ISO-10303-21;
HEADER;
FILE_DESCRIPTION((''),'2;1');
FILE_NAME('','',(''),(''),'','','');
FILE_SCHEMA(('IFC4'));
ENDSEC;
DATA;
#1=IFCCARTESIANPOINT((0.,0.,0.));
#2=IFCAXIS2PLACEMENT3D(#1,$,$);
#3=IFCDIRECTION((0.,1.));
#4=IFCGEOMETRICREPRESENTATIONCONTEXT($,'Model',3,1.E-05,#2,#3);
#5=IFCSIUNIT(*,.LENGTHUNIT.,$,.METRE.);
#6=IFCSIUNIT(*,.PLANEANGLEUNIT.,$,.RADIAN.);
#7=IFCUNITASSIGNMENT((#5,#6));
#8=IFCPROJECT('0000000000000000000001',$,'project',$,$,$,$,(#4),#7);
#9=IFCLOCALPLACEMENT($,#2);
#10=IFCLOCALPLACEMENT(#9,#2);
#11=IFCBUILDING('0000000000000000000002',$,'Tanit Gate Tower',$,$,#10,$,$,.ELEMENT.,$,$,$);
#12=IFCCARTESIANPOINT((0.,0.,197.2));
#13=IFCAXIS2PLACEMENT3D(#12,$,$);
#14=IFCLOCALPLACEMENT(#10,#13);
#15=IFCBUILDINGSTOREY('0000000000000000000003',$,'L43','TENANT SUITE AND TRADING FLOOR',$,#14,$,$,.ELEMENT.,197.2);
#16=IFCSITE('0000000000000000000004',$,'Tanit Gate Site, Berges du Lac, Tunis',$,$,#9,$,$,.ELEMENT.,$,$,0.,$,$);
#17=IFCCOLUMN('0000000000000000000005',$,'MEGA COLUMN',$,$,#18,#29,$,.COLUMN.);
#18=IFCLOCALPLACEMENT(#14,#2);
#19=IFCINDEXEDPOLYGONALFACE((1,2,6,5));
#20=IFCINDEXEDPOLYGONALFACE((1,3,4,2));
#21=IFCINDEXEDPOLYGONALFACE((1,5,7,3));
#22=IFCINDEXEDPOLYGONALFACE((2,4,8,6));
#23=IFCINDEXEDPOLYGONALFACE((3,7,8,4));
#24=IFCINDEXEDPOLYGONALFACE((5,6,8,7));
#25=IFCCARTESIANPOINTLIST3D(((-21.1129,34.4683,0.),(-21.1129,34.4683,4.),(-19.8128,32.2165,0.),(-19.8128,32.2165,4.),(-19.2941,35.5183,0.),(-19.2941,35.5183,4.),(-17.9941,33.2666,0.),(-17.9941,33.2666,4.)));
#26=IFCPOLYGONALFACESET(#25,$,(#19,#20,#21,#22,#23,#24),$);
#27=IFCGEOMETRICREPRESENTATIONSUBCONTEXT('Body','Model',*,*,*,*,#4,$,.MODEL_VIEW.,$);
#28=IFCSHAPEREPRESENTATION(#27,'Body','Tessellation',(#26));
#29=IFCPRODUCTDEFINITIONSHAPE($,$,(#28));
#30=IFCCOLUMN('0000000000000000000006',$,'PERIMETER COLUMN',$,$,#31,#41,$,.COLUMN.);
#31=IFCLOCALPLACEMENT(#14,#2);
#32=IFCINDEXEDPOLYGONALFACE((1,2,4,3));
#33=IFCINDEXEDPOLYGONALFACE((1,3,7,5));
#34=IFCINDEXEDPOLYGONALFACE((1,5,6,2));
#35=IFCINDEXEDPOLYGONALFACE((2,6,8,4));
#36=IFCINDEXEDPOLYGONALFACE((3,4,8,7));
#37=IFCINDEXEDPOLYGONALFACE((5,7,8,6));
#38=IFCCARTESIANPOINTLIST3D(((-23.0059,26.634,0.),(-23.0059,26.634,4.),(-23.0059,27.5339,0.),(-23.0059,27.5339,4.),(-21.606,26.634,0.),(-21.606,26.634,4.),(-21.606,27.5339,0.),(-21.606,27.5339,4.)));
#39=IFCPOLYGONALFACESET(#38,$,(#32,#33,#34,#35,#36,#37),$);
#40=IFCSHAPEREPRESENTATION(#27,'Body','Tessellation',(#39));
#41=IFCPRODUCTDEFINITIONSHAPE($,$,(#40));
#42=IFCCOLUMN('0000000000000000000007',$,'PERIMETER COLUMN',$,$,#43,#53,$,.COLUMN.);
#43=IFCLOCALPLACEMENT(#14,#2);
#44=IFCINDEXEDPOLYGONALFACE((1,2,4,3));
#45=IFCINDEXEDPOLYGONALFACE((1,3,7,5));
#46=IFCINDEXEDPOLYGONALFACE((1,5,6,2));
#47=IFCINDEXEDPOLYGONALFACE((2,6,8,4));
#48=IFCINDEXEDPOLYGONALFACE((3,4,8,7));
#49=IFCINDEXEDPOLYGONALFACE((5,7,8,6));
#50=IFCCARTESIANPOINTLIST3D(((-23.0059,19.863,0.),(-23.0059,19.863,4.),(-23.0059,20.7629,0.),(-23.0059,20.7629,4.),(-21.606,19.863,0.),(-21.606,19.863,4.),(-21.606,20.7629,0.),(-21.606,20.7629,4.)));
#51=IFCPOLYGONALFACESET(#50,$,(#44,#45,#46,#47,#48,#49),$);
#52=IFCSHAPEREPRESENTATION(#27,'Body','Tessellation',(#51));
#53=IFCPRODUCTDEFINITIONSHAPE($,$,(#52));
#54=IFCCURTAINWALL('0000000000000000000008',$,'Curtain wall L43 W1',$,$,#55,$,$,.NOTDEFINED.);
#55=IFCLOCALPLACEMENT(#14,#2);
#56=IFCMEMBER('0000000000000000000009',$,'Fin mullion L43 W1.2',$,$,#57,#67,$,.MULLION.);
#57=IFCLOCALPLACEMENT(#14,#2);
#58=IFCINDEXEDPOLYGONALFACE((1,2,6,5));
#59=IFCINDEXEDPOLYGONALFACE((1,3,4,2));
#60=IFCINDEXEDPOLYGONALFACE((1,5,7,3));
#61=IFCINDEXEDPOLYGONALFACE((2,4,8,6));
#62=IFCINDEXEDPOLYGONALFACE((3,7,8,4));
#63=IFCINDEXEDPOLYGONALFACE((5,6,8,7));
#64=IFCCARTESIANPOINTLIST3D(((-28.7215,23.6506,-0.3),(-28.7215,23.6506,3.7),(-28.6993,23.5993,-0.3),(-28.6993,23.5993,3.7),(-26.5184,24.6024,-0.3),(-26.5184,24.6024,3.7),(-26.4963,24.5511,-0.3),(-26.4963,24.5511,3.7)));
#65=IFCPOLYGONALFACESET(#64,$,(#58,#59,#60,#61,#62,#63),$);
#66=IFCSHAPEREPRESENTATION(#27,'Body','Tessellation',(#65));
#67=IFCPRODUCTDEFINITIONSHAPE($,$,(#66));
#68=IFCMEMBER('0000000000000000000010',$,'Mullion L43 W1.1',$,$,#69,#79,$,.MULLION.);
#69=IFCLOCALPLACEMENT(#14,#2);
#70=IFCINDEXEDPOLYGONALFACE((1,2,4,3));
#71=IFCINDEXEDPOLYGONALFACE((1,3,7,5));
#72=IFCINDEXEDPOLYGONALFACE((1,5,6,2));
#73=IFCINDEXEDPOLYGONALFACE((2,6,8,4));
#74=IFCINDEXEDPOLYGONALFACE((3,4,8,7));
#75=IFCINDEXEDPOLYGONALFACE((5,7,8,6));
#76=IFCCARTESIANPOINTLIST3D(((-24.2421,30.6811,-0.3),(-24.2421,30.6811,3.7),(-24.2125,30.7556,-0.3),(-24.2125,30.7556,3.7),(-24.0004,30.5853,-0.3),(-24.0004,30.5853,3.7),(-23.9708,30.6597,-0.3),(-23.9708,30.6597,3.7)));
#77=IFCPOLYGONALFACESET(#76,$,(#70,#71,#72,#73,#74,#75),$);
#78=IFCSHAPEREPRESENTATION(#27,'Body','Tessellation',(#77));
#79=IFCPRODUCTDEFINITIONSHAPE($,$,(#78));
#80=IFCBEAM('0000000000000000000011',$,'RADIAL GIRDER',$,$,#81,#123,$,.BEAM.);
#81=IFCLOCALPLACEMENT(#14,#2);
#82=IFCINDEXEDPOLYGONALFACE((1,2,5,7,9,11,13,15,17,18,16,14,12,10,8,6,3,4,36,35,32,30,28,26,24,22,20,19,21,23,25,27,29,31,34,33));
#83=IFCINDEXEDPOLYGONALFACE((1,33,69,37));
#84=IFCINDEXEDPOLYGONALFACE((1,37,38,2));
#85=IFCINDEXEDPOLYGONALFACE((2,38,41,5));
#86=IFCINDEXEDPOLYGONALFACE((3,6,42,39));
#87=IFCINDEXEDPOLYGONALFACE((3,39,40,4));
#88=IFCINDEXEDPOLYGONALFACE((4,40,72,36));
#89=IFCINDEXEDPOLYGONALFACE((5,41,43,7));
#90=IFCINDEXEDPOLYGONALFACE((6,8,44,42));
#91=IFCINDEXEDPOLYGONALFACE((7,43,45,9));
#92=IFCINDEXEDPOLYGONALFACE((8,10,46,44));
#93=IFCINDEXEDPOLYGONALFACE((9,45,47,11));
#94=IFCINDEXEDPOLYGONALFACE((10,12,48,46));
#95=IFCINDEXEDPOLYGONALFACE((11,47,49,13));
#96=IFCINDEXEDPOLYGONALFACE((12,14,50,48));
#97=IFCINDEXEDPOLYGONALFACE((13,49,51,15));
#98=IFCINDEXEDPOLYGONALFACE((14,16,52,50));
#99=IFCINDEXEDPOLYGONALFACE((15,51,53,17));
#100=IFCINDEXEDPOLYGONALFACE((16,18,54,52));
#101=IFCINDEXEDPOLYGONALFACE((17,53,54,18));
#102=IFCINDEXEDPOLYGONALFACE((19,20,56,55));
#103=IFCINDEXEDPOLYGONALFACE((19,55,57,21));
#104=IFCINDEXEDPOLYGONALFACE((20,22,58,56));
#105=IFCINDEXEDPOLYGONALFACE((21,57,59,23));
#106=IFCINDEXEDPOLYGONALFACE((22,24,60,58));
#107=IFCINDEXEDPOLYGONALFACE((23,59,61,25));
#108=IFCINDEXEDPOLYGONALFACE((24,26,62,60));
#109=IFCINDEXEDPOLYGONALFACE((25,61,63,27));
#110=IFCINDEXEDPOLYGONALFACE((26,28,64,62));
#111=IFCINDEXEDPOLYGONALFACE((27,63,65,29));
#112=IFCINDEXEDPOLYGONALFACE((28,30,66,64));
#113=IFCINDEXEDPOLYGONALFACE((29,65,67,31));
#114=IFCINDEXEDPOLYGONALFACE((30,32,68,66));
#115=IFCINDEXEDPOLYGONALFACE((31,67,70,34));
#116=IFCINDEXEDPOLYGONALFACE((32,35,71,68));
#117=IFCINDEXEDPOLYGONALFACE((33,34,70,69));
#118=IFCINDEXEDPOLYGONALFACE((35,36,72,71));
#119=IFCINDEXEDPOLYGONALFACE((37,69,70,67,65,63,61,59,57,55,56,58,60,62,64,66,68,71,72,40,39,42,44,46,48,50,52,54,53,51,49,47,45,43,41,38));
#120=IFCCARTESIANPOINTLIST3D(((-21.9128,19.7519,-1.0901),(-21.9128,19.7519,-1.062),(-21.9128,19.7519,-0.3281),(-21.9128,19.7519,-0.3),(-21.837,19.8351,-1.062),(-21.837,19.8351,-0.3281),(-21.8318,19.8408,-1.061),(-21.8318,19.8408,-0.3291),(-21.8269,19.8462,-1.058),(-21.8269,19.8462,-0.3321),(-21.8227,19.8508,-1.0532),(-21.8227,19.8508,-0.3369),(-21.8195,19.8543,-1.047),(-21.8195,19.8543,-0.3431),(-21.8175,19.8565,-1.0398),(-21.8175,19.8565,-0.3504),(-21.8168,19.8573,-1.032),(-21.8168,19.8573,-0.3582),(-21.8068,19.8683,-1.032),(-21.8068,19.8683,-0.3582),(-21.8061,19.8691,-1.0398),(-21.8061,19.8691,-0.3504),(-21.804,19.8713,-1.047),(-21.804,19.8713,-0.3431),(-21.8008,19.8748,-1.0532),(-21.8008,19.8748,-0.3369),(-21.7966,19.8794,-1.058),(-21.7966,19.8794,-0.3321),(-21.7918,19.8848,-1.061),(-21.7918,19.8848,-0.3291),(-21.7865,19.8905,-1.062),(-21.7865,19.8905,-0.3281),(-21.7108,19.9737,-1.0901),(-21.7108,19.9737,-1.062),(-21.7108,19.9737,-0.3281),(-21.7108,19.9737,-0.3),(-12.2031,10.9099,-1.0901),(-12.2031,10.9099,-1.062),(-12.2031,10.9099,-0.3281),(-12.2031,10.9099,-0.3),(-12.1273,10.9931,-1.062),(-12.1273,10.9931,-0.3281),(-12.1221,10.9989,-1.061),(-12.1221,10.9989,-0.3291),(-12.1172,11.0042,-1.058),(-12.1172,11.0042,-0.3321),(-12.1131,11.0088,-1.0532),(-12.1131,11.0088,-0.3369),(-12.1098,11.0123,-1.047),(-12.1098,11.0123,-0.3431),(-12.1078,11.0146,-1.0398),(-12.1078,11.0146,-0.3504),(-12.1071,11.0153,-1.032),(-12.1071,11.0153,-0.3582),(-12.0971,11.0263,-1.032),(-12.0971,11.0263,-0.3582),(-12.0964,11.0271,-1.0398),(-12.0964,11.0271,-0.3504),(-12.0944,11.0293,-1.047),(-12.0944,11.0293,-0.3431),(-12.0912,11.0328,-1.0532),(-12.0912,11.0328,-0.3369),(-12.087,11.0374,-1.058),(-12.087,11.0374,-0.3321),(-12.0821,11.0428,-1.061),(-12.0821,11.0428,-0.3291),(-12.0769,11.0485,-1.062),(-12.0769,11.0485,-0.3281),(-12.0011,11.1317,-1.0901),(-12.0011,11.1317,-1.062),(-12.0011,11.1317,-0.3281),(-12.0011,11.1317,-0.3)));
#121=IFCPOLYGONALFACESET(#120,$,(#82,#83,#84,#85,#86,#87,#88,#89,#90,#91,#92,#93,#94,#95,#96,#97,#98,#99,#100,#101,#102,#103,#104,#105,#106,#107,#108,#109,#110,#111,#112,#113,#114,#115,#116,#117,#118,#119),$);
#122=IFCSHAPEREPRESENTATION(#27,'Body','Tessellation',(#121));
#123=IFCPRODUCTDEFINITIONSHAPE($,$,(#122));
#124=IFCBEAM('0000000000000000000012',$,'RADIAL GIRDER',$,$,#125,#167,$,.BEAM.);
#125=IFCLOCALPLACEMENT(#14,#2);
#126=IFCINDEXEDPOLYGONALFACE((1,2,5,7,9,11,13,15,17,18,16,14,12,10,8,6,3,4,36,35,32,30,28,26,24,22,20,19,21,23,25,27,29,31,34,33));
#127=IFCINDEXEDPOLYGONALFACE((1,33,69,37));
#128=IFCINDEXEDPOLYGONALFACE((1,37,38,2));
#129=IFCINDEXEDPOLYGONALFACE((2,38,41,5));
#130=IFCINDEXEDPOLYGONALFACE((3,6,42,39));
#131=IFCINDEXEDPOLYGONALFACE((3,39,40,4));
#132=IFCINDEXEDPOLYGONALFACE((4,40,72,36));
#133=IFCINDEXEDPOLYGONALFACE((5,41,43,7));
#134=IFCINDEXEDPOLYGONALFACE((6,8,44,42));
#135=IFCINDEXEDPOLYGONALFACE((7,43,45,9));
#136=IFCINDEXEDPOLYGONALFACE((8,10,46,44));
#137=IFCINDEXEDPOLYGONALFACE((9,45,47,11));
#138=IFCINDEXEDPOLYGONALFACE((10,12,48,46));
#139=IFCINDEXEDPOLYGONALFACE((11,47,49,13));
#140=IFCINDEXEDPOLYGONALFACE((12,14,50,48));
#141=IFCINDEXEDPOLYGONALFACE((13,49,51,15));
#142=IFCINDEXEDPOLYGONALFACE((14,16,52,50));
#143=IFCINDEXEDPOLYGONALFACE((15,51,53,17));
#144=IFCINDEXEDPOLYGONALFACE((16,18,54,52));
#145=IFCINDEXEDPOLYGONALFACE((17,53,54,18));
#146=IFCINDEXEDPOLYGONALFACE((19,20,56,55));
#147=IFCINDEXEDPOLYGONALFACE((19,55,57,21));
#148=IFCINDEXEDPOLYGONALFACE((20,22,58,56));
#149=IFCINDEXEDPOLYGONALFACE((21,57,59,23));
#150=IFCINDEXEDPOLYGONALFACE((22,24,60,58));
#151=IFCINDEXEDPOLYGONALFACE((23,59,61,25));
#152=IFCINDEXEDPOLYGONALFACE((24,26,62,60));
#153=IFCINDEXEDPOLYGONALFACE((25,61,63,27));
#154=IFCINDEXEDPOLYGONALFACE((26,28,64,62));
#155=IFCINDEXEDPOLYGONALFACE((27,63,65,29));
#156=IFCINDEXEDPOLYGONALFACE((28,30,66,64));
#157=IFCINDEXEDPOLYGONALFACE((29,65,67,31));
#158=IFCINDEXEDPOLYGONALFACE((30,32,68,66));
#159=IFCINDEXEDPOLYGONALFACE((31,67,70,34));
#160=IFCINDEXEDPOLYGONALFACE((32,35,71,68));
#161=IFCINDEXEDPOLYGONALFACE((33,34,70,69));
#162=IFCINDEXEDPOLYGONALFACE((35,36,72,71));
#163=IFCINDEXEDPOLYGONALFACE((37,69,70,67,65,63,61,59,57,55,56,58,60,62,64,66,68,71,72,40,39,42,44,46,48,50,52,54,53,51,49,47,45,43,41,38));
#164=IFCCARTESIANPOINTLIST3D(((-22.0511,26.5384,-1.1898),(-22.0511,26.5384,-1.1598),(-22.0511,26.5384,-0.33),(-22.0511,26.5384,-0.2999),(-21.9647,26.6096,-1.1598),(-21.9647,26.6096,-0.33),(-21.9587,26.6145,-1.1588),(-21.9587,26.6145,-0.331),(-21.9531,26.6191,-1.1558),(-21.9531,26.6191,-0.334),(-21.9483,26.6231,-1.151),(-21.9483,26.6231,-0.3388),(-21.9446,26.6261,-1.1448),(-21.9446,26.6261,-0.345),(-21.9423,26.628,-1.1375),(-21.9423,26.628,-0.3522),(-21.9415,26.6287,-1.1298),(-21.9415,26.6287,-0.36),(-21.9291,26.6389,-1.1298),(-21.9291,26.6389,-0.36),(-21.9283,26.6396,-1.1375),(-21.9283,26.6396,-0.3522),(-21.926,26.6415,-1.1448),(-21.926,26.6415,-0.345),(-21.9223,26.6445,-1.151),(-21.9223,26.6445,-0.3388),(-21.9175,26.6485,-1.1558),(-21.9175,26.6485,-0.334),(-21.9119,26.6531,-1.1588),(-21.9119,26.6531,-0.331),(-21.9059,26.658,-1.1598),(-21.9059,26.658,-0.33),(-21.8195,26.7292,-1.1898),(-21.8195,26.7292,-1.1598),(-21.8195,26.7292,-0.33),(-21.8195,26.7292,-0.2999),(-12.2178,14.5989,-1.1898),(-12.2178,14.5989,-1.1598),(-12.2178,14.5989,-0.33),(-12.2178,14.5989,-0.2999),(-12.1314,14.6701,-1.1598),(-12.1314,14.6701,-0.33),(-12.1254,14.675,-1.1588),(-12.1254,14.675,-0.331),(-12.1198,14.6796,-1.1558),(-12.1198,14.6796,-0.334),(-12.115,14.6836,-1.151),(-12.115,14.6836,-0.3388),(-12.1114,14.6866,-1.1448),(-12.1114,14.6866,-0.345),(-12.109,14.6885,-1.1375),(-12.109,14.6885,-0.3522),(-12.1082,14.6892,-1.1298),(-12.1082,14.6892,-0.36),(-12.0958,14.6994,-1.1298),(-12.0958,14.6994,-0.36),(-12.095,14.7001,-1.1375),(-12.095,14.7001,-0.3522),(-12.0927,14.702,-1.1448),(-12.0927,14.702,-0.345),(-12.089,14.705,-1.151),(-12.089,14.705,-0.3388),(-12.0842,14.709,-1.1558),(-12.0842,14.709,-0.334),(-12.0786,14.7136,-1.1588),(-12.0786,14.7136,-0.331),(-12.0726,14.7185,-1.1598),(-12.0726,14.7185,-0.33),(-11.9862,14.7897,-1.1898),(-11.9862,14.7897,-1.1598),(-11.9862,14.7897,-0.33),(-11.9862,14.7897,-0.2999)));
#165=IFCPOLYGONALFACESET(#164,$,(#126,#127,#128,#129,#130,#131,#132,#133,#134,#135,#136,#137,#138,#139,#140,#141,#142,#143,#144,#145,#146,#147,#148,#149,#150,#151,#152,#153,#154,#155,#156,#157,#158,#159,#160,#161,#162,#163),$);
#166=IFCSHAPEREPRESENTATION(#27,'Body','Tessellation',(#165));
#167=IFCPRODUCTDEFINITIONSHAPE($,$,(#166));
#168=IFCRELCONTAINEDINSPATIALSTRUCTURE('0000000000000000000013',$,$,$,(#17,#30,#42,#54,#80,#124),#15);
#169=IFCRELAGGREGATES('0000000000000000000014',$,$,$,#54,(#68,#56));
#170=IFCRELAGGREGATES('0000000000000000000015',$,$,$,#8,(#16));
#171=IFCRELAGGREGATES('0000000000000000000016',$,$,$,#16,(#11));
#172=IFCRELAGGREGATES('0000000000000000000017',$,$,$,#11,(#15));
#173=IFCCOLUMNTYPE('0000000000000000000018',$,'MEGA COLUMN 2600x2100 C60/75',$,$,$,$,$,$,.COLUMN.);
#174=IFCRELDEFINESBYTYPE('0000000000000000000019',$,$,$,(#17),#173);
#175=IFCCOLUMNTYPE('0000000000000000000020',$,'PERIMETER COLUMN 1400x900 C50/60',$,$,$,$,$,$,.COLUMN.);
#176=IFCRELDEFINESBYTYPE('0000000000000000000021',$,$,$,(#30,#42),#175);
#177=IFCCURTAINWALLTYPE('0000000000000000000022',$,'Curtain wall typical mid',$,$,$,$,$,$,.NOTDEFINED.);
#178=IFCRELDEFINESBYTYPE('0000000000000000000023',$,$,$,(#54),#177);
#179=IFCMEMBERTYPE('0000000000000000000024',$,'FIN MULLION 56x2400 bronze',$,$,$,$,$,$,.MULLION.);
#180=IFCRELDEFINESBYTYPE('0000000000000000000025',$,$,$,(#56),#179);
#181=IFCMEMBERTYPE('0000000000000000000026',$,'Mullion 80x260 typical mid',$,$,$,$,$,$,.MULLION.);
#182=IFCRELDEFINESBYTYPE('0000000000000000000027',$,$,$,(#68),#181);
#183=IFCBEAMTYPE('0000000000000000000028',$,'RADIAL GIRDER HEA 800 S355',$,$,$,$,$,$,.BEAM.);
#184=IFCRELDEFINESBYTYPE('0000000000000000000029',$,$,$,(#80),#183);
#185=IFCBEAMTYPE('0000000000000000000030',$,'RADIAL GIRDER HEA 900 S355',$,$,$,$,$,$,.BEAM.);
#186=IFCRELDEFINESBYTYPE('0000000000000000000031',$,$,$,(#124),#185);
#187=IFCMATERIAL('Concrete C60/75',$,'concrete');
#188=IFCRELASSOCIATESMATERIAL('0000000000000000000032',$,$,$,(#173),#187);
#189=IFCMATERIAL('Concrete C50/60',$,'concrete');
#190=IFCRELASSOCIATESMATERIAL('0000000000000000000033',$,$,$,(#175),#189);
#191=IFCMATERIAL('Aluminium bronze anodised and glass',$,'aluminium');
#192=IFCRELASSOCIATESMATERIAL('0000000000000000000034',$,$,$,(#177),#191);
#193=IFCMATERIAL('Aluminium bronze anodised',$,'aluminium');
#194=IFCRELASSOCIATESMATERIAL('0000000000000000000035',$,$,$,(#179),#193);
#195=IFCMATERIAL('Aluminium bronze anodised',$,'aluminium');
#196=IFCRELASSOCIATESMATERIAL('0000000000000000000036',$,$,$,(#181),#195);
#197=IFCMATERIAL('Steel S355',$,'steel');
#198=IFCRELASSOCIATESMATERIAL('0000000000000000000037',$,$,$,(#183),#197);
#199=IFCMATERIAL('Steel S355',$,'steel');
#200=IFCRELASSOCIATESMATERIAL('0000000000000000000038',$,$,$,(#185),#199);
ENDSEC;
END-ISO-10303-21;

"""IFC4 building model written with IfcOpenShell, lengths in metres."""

from ifc_helpers import new_model, si_unit, direction, frame, origin, origin_2d, place, context, subcontext, project, spatial, rectangle, i_section, extrude, material, material_profile, profile_set, type_object, element, aggregate, save


model = new_model("IFC4")

# Units and contexts
model_context = context("Model", 3, precision=1e-05, world=origin(), true_north=direction((0.0, 1.0)))
body_context = subcontext(model_context, "Body", "Model", "MODEL_VIEW")
ifc_project = project(units=[si_unit("LENGTHUNIT", "METRE"), si_unit("PLANEANGLEUNIT", "RADIAN")], contexts=[model_context])

# Site, building, storey
site_placement = place(None, origin())
site = spatial("IfcSite", under=ifc_project, at=site_placement, Name="Tanit Gate Site, Berges du Lac, Tunis", CompositionType="ELEMENT", RefElevation=0.0)
building_placement = place(site_placement, origin())
building = spatial("IfcBuilding", under=site, at=building_placement, Name="Tanit Gate Tower", CompositionType="ELEMENT")
storey_placement = place(building_placement, frame((0.0, 0.0, 197.2)))
storey = spatial("IfcBuildingStorey", under=building, at=storey_placement, Name="L43", Description="TENANT SUITE AND TRADING FLOOR", CompositionType="ELEMENT", Elevation=197.2)

# Columns
ifc_material_1 = material(Name="Concrete C60/75", Category="concrete")
ifc_material_profile_1 = material_profile(ifc_material_1, rectangle(XDim=2.6001, YDim=2.1001, at=origin_2d()), Name="RC 2600x2100")
ifc_profile_set_1 = profile_set([ifc_material_profile_1], Name="Concrete C60/75")
column_type_1 = type_object("IfcColumnType", Name="MEGA COLUMN 2600x2100 C60/75", PredefinedType="COLUMN", material=ifc_profile_set_1)
column_placement = place(storey_placement, frame((-19.5535, 33.8674, 0.0), z_axis=(0.0, 0.0, 1.0), x_axis=(-0.5, 0.866025, 0.0)))
element("IfcColumn", 1, at=column_placement, inside=storey, type_object=column_type_1, Name="MEGA COLUMN", PredefinedType="COLUMN", context=body_context, shape_type="SweptSolid", body=[
    extrude(rectangle(XDim=2.6001, YDim=2.1001, at=origin_2d()), origin(), (0.0, 0.0, 1.0), 4.0),
])
ifc_material_2 = material(Name="Concrete C50/60", Category="concrete")
ifc_material_profile_2 = material_profile(ifc_material_2, rectangle(XDim=1.3999, YDim=0.8999, at=origin_2d()), Name="RC 1400x900")
ifc_profile_set_2 = profile_set([ifc_material_profile_2], Name="Concrete C50/60")
column_type_2 = type_object("IfcColumnType", Name="PERIMETER COLUMN 1400x900 C50/60", PredefinedType="COLUMN", material=ifc_profile_set_2)
for number, where, z_axis, x_axis, name in (
    (2, (-22.3059, 27.084, 0.0), (0.0, 0.0, 1.0), (-1.0, 0.0, 0.0), "PERIMETER COLUMN"),
    (3, (-22.3059, 20.313, 0.0), (0.0, 0.0, 1.0), (-1.0, 0.0, 0.0), "PERIMETER COLUMN"),
):
    element("IfcColumn", number, at=place(storey_placement, frame(where, z_axis=z_axis, x_axis=x_axis)), inside=storey, type_object=column_type_2, Name=name, PredefinedType="COLUMN", context=body_context, shape_type="SweptSolid", body=[
        extrude(rectangle(XDim=1.3999, YDim=0.8999, at=origin_2d()), origin(), (0.0, 0.0, 1.0), 4.0),
    ])

# Curtain wall, members
ifc_material_3 = material(Name="Aluminium bronze anodised and glass", Category="aluminium")
curtain_wall_type = type_object("IfcCurtainWallType", Name="Curtain wall typical mid", PredefinedType="NOTDEFINED", material=ifc_material_3)
curtain_wall_placement = place(storey_placement, origin())
curtain_wall = element("IfcCurtainWall", 4, at=curtain_wall_placement, inside=storey, type_object=curtain_wall_type, Name="Curtain wall L43 W1", PredefinedType="NOTDEFINED")
ifc_material_4 = material(Name="Aluminium bronze anodised", Category="aluminium")
ifc_material_profile_3 = material_profile(ifc_material_4, rectangle(XDim=2.3999, YDim=0.0559, at=origin_2d()), Name="56x2400 bronze fin mullion")
ifc_profile_set_3 = profile_set([ifc_material_profile_3], Name="Aluminium bronze anodised")
member_type_1 = type_object("IfcMemberType", Name="FIN MULLION 56x2400 bronze", PredefinedType="MULLION", material=ifc_profile_set_3)
member_1_placement = place(storey_placement, frame((-27.6089, 24.1008, -0.3), z_axis=(0.0, 0.0, 1.0), x_axis=(0.917994, 0.396594, 0.0)))
member_1 = element("IfcMember", 5, at=member_1_placement, type_object=member_type_1, Name="Fin mullion L43 W1.2", PredefinedType="MULLION", context=body_context, shape_type="SweptSolid", body=[
    extrude(rectangle(XDim=2.3999, YDim=0.0559, at=origin_2d()), origin(), (0.0, 0.0, 1.0), 4.0),
])
ifc_material_5 = material(Name="Aluminium bronze anodised", Category="aluminium")
ifc_material_profile_4 = material_profile(ifc_material_5, rectangle(XDim=0.26, YDim=0.0801, at=origin_2d()), Name="80x260 bronze mullion")
ifc_profile_set_4 = profile_set([ifc_material_profile_4], Name="Aluminium bronze anodised")
member_type_2 = type_object("IfcMemberType", Name="Mullion 80x260 typical mid", PredefinedType="MULLION", material=ifc_profile_set_4)
member_2_placement = place(storey_placement, frame((-24.1064, 30.6704, -0.3), z_axis=(0.0, 0.0, 1.0), x_axis=(0.929554, -0.368686, 0.0)))
member_2 = element("IfcMember", 6, at=member_2_placement, type_object=member_type_2, Name="Mullion L43 W1.1", PredefinedType="MULLION", context=body_context, shape_type="SweptSolid", body=[
    extrude(rectangle(XDim=0.26, YDim=0.0801, at=origin_2d()), origin(), (0.0, 0.0, 1.0), 4.0),
])

# Beams
ifc_material_6 = material(Name="Steel S355", Category="steel")
ifc_material_profile_5 = material_profile(ifc_material_6, i_section(OverallWidth=0.3, OverallDepth=0.79, WebThickness=0.0149, FlangeThickness=0.0281, FilletRadius=0.03, at=origin_2d()), Name="HEA 800")
ifc_profile_set_5 = profile_set([ifc_material_profile_5], Name="Steel S355")
beam_type_1 = type_object("IfcBeamType", Name="RADIAL GIRDER HEA 800 S355", PredefinedType="BEAM", material=ifc_profile_set_5)
beam_1_placement = place(storey_placement, frame((-21.8118, 19.8628, -0.6951), z_axis=(0.73937, -0.673299, 0.0), x_axis=(0.673299, 0.73937, 0.0)))
element("IfcBeam", 7, at=beam_1_placement, inside=storey, type_object=beam_type_1, Name="RADIAL GIRDER", PredefinedType="BEAM", context=body_context, shape_type="SweptSolid", body=[
    extrude(i_section(OverallWidth=0.3, OverallDepth=0.79, WebThickness=0.0149, FlangeThickness=0.0281, FilletRadius=0.03, at=origin_2d()), origin(), (0.0, 0.0, 1.0), 13.1323),
])
ifc_material_7 = material(Name="Steel S355", Category="steel")
ifc_material_profile_6 = material_profile(ifc_material_7, i_section(OverallWidth=0.3, OverallDepth=0.8899, WebThickness=0.0161, FlangeThickness=0.03, FilletRadius=0.03, at=origin_2d()), Name="HEA 900")
ifc_profile_set_6 = profile_set([ifc_material_profile_6], Name="Steel S355")
beam_type_2 = type_object("IfcBeamType", Name="RADIAL GIRDER HEA 900 S355", PredefinedType="BEAM", material=ifc_profile_set_6)
beam_2_placement = place(storey_placement, frame((-21.9353, 26.6338, -0.7449), z_axis=(0.635737, -0.771906, 0.0), x_axis=(0.771906, 0.635737, 0.0)))
element("IfcBeam", 8, at=beam_2_placement, inside=storey, type_object=beam_type_2, Name="RADIAL GIRDER", PredefinedType="BEAM", context=body_context, shape_type="SweptSolid", body=[
    extrude(i_section(OverallWidth=0.3, OverallDepth=0.8899, WebThickness=0.0161, FlangeThickness=0.03, FilletRadius=0.03, at=origin_2d()), origin(), (0.0, 0.0, 1.0), 15.4675),
])

aggregate(curtain_wall, [member_2, member_1])

save(model, "model.ifc")
